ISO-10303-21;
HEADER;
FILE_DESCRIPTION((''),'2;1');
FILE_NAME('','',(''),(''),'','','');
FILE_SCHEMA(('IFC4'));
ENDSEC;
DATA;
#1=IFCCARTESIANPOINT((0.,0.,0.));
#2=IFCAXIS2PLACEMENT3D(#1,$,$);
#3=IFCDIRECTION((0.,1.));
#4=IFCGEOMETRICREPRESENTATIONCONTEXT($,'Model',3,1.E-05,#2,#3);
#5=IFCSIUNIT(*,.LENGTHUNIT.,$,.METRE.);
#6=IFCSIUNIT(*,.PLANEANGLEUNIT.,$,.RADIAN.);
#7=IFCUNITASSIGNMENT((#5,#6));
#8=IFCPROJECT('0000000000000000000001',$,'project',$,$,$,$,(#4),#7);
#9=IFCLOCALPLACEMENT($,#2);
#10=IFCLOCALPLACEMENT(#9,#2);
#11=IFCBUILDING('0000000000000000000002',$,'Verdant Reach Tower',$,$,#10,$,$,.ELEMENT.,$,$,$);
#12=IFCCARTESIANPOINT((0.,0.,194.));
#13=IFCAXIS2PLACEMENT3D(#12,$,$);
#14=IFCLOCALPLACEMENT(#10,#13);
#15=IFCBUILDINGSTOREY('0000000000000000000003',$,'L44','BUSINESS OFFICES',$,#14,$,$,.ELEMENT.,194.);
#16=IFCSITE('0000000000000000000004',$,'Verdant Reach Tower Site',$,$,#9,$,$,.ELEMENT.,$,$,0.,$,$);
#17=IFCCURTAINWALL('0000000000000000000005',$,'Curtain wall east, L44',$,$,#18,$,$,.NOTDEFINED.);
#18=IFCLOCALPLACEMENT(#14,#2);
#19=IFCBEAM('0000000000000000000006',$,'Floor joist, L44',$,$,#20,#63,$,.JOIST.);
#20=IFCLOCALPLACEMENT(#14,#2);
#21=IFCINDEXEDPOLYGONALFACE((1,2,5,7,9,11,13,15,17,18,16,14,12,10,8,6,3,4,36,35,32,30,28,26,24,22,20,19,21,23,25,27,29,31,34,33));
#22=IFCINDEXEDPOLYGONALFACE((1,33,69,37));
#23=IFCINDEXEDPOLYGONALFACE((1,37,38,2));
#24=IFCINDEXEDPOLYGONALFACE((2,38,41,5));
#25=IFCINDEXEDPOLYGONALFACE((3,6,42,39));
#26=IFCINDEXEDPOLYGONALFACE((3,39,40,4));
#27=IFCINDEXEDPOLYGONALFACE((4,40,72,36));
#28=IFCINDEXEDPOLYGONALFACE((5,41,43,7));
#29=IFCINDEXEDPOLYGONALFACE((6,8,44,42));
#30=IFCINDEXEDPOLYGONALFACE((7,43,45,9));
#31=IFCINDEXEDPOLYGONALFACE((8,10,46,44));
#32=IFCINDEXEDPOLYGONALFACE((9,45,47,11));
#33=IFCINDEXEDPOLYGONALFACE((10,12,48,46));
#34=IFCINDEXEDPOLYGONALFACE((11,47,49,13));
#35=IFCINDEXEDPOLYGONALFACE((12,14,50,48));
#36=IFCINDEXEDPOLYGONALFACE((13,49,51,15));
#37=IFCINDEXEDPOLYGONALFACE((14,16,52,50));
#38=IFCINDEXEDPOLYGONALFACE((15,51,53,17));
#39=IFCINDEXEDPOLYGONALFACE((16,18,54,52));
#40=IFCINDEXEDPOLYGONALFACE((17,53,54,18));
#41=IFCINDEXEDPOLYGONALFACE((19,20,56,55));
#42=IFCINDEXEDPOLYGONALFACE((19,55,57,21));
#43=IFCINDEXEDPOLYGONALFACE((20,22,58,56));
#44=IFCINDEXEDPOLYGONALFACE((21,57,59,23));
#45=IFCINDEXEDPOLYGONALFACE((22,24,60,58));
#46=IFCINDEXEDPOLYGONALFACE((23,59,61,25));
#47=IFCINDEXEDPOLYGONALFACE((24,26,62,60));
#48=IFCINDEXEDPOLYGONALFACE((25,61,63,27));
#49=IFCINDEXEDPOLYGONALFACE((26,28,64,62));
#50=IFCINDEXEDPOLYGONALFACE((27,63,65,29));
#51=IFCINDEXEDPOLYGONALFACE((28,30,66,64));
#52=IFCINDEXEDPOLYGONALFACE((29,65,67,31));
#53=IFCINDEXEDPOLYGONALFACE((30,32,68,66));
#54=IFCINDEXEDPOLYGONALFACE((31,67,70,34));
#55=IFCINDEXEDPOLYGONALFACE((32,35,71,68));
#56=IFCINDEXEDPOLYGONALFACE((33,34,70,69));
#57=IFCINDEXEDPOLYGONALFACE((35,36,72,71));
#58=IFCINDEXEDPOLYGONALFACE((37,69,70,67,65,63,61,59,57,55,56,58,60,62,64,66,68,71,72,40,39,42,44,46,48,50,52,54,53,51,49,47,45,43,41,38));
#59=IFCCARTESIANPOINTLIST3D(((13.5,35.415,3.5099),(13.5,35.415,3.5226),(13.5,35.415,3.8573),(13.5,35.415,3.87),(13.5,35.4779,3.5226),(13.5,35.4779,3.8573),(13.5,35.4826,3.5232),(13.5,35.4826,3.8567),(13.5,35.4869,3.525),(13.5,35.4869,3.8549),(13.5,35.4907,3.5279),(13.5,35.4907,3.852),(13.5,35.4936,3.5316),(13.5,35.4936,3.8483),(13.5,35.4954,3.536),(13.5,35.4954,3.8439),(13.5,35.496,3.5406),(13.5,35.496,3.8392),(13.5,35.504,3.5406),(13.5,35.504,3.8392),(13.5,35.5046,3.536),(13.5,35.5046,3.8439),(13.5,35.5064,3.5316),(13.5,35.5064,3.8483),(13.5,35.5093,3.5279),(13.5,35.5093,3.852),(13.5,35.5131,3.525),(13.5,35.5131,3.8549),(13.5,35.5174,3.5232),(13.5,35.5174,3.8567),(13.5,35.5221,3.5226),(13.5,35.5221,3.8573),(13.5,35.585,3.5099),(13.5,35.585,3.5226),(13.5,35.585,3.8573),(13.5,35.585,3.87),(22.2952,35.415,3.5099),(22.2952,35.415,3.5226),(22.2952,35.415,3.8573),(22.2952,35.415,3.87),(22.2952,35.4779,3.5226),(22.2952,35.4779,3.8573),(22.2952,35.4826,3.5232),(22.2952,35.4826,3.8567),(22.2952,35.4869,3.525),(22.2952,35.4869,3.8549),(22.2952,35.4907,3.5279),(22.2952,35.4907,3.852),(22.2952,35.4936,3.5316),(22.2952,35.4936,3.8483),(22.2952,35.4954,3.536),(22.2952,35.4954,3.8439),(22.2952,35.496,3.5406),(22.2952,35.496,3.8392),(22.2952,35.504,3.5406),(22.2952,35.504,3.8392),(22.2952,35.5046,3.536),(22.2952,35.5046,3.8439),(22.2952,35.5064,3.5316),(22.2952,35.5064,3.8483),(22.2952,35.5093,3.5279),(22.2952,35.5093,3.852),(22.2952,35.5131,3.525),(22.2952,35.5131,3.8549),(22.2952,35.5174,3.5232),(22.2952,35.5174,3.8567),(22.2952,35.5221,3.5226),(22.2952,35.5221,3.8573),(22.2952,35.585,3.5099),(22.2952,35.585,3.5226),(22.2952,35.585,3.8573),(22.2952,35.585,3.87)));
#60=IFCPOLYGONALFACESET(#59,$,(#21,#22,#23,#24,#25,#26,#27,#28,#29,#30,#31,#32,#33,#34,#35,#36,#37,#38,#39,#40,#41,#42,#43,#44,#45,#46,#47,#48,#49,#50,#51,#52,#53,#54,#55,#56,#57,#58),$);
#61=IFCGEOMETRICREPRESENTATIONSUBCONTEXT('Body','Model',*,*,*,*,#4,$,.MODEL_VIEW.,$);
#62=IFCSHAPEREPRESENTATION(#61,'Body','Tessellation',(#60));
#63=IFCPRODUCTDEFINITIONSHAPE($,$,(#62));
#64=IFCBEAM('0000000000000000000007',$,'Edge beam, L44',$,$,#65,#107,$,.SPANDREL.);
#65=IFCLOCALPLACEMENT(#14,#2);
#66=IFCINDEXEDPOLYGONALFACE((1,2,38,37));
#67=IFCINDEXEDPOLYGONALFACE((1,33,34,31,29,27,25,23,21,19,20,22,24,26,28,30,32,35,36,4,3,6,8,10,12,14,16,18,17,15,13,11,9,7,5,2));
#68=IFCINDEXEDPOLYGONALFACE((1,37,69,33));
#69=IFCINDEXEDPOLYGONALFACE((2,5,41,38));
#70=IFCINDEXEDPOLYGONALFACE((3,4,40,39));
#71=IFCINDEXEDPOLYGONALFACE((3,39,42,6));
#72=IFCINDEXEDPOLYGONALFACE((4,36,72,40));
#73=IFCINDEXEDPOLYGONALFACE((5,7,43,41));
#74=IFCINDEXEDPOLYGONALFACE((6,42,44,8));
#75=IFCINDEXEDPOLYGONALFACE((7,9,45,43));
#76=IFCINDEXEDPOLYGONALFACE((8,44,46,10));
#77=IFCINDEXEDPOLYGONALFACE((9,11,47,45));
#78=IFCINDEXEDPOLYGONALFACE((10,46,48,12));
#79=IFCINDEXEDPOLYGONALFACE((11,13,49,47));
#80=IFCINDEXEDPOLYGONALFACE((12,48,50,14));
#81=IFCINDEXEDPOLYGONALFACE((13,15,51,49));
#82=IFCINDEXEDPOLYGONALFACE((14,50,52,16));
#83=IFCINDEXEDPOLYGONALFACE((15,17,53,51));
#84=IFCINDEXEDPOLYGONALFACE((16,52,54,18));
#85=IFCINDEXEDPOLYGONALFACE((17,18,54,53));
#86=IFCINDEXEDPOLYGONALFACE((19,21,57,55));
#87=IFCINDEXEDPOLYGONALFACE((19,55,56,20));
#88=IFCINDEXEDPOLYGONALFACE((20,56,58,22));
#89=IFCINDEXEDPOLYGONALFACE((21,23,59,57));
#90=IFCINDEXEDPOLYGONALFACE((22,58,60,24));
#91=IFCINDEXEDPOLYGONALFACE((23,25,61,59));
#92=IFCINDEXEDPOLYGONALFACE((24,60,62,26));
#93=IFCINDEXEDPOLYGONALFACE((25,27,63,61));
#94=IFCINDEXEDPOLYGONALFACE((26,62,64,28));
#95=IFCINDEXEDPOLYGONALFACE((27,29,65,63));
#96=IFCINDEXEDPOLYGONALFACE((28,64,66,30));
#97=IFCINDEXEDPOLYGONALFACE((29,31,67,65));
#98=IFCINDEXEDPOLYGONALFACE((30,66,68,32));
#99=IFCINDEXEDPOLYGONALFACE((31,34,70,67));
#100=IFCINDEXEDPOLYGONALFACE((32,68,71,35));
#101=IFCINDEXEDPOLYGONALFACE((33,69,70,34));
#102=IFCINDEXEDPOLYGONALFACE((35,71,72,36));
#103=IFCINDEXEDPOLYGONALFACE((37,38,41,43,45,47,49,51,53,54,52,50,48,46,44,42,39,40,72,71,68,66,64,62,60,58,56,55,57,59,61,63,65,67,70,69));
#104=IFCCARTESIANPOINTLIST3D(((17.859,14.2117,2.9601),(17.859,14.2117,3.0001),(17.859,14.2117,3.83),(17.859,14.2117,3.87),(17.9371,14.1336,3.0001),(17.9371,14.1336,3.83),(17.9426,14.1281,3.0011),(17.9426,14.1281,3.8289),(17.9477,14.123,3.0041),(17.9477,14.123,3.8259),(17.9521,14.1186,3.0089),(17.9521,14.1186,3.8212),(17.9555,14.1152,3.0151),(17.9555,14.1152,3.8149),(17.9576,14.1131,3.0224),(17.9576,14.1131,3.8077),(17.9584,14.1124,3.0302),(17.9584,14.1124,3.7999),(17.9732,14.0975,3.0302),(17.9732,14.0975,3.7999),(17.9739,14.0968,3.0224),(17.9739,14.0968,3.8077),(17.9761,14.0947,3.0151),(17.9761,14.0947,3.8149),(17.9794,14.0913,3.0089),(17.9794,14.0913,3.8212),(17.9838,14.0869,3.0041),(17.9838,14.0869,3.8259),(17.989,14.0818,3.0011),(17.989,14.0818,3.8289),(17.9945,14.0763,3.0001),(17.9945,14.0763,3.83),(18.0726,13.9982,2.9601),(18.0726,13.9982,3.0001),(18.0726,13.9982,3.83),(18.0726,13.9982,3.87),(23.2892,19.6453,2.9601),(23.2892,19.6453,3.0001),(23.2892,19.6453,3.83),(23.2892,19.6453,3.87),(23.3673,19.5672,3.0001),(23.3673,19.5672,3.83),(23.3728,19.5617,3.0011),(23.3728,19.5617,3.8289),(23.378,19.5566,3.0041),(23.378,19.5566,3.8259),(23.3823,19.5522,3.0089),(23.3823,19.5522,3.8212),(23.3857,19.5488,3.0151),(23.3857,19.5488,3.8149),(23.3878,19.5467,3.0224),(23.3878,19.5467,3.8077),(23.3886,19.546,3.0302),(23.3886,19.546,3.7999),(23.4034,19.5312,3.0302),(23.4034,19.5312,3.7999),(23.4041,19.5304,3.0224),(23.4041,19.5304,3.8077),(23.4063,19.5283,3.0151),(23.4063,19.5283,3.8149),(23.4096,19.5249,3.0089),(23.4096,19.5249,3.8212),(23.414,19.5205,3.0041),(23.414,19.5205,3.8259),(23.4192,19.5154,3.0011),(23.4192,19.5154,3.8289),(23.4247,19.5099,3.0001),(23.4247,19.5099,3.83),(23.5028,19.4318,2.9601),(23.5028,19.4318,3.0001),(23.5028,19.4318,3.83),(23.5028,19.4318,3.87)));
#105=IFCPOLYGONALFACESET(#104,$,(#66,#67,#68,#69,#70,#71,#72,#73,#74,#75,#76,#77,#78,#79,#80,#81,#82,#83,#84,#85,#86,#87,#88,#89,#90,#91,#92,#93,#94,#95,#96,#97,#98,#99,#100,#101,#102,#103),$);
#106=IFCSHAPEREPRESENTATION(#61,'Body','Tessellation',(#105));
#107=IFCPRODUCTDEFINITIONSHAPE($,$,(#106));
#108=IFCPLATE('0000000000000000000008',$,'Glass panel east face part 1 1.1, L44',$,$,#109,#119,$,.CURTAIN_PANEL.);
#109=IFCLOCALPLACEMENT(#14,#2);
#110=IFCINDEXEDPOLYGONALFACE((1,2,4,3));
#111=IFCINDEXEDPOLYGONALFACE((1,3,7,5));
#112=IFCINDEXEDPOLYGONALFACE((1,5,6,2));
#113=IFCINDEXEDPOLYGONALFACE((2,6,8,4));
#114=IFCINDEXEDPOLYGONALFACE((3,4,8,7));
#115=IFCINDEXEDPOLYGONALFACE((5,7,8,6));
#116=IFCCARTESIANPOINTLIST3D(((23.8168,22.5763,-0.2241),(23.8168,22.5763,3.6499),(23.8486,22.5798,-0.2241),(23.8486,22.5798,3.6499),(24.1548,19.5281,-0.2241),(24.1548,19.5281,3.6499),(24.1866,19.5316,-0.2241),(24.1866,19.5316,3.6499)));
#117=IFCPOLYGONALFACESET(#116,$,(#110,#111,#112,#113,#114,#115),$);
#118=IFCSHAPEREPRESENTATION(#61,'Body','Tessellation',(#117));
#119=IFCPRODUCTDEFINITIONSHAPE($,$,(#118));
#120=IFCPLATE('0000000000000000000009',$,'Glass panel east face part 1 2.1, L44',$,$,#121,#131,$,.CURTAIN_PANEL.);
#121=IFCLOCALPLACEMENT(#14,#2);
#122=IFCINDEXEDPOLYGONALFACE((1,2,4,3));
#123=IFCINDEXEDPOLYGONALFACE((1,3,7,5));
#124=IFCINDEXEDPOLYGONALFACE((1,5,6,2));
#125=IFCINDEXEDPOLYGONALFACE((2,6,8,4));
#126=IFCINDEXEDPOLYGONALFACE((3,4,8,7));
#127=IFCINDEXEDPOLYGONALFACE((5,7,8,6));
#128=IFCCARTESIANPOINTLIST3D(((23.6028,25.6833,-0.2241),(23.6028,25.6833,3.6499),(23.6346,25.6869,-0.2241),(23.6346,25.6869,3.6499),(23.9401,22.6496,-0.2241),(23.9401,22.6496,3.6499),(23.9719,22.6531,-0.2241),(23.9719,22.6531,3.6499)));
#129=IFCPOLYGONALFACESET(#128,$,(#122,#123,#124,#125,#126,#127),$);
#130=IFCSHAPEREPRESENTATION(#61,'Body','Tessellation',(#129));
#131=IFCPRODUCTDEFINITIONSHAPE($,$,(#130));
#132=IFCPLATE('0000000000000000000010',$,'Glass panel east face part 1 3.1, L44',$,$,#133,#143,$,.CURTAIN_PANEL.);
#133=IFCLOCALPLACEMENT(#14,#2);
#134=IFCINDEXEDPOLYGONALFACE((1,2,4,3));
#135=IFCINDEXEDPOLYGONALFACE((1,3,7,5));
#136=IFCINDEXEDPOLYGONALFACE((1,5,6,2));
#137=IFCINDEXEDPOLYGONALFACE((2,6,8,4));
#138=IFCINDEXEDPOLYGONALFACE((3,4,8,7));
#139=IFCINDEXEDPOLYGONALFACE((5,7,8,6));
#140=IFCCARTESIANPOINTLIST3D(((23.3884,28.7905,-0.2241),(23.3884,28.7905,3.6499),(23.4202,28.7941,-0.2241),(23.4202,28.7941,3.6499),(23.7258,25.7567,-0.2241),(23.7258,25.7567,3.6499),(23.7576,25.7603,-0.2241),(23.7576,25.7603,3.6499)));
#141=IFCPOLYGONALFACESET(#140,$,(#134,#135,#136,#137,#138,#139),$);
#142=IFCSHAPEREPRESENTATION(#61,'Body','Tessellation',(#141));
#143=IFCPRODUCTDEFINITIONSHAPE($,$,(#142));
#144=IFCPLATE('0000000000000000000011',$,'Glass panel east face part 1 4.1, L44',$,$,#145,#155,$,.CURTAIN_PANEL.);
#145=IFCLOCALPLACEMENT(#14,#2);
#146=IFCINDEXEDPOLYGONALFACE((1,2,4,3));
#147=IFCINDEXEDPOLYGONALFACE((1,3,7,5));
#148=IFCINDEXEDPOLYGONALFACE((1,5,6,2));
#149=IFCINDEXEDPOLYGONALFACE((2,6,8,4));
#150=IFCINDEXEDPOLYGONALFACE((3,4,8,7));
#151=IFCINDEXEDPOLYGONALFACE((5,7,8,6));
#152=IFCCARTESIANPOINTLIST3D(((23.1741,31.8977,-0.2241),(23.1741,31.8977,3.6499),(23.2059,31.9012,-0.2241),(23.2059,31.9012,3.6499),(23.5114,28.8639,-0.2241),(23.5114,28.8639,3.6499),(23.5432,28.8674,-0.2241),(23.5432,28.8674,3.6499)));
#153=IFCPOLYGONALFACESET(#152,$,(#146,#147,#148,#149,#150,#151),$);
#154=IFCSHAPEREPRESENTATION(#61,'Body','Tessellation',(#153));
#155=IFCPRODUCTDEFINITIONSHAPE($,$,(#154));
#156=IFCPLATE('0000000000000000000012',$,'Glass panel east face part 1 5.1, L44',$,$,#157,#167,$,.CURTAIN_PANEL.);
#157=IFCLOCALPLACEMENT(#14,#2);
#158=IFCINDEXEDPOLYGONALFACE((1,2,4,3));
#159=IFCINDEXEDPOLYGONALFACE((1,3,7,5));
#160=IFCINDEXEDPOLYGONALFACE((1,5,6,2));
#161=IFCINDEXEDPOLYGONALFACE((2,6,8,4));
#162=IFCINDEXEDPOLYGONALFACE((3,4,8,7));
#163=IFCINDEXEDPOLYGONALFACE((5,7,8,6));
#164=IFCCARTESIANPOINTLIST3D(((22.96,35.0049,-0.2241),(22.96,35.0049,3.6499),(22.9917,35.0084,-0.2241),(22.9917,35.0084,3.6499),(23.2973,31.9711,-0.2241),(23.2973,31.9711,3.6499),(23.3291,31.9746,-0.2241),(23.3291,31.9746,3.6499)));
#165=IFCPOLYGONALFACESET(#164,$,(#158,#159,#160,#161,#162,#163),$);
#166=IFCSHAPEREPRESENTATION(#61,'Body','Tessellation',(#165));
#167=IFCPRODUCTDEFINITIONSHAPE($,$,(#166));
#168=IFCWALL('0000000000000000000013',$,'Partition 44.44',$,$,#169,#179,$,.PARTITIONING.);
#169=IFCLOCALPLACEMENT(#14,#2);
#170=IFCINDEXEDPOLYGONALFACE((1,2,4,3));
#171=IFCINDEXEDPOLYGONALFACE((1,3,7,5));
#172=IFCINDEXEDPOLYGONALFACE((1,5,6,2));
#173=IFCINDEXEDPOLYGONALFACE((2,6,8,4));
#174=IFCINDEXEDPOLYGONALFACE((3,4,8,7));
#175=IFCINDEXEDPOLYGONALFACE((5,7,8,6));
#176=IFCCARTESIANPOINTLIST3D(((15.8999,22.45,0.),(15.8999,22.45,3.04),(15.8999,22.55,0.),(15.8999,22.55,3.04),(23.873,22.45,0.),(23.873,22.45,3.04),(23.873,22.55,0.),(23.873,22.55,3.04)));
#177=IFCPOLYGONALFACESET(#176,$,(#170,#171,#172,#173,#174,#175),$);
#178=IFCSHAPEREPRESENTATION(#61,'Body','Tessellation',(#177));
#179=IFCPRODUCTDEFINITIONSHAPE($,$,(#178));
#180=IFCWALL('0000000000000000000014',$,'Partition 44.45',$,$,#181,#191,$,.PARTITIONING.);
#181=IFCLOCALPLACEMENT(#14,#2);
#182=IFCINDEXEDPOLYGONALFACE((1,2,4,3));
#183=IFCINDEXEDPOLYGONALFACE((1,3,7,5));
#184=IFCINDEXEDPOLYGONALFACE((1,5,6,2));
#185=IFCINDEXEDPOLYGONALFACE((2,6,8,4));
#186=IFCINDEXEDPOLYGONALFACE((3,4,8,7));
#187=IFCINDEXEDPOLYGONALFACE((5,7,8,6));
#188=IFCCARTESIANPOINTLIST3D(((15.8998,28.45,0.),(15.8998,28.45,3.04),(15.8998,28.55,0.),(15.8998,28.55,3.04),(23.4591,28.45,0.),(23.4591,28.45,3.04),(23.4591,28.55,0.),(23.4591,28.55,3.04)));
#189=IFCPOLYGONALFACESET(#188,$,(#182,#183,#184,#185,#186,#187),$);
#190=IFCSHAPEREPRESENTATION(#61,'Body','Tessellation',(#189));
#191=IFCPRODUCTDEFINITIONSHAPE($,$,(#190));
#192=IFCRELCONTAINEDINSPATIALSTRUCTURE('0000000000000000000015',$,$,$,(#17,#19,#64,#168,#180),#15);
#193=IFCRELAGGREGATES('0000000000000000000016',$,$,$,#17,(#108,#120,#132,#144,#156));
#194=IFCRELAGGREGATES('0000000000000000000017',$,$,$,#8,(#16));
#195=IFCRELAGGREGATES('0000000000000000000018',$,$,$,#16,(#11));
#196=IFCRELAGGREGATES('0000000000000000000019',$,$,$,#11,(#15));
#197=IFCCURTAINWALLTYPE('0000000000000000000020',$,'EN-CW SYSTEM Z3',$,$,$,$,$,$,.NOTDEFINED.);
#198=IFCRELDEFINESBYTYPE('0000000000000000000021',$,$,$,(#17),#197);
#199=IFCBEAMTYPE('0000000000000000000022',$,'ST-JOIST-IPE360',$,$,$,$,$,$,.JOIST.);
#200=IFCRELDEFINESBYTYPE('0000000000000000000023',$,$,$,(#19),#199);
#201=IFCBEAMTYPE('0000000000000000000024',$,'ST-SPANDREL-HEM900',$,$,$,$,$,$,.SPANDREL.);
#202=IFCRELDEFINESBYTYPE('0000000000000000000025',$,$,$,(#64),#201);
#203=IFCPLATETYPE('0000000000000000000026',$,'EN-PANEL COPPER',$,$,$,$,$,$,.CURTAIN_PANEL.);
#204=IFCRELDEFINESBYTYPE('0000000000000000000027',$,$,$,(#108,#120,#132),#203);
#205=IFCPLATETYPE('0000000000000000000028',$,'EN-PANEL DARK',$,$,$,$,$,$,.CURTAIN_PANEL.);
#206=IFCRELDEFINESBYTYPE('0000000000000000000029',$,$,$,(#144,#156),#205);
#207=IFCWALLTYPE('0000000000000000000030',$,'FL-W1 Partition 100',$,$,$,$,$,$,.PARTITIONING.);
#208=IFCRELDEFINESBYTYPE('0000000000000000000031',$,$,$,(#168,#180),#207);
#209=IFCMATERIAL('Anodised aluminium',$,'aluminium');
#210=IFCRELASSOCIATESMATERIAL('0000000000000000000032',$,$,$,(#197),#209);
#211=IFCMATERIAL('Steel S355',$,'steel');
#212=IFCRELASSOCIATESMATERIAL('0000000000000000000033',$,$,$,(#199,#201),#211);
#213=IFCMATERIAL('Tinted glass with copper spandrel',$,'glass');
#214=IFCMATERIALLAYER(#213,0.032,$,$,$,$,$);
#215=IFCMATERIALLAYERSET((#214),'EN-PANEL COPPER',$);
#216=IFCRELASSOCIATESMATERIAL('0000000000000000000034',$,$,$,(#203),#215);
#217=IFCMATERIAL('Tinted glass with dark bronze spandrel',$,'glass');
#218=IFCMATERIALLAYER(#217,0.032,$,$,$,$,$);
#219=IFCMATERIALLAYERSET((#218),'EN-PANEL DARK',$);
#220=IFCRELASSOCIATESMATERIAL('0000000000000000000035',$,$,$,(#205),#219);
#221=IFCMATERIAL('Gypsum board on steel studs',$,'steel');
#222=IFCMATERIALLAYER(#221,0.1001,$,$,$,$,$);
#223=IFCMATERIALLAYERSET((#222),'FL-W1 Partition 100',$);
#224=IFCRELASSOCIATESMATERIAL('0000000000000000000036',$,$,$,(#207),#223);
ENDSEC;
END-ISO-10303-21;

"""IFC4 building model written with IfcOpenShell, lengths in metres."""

from ifc_helpers import new_model, si_unit, direction, frame, frame_2d, origin, origin_2d, place, context, subcontext, project, spatial, rectangle, i_section, extrude, material, layer, layer_set, material_profile, profile_set, type_object, element, aggregate, save


model = new_model("IFC4")

# Units and contexts
model_context = context("Model", 3, precision=1e-05, world=origin(), true_north=direction((0.0, 1.0)))
body_context = subcontext(model_context, "Body", "Model", "MODEL_VIEW")
ifc_project = project(units=[si_unit("LENGTHUNIT", "METRE"), si_unit("PLANEANGLEUNIT", "RADIAN")], contexts=[model_context])

# Site, building, storey
site_placement = place(None, origin())
site = spatial("IfcSite", under=ifc_project, at=site_placement, Name="Verdant Reach Tower Site", CompositionType="ELEMENT", RefElevation=0.0)
building_placement = place(site_placement, origin())
building = spatial("IfcBuilding", under=site, at=building_placement, Name="Verdant Reach Tower", CompositionType="ELEMENT")
storey_placement = place(building_placement, frame((0.0, 0.0, 194.0)))
storey = spatial("IfcBuildingStorey", under=building, at=storey_placement, Name="L44", Description="BUSINESS OFFICES", CompositionType="ELEMENT", Elevation=194.0)

# Curtain wall
ifc_material_1 = material(Name="Anodised aluminium", Category="aluminium")
curtain_wall_type = type_object("IfcCurtainWallType", Name="EN-CW SYSTEM Z3", PredefinedType="NOTDEFINED", material=ifc_material_1)
curtain_wall_placement = place(storey_placement, origin())
curtain_wall = element("IfcCurtainWall", 1, at=curtain_wall_placement, inside=storey, type_object=curtain_wall_type, Name="Curtain wall east, L44", PredefinedType="NOTDEFINED")

# Beams
ifc_material_2 = material(Name="Steel S355", Category="steel")
ifc_material_profile_1 = material_profile(ifc_material_2, i_section(OverallWidth=0.1699, OverallDepth=0.3601, WebThickness=0.0081, FlangeThickness=0.0127, FilletRadius=0.0181, at=origin_2d()), Name="IPE 360")
ifc_profile_set_1 = profile_set([ifc_material_profile_1], Name="Steel S355")
beam_type_1 = type_object("IfcBeamType", Name="ST-JOIST-IPE360", PredefinedType="JOIST", material=ifc_profile_set_1)
beam_1_placement = place(storey_placement, frame((13.5, 35.5, 3.6899), z_axis=(1.0, 0.0, 0.0), x_axis=(0.0, 1.0, 0.0)))
element("IfcBeam", 2, at=beam_1_placement, inside=storey, type_object=beam_type_1, Name="Floor joist, L44", PredefinedType="JOIST", context=body_context, shape_type="SweptSolid", body=[
    extrude(i_section(OverallWidth=0.1699, OverallDepth=0.3601, WebThickness=0.0081, FlangeThickness=0.0127, FilletRadius=0.0181, at=origin_2d()), origin(), (0.0, 0.0, 1.0), 8.7952),
])
ifc_material_profile_2 = material_profile(ifc_material_2, i_section(OverallWidth=0.302, OverallDepth=0.9099, WebThickness=0.021, FlangeThickness=0.04, FilletRadius=0.03, at=origin_2d()), Name="HEM 900")
ifc_profile_set_2 = profile_set([ifc_material_profile_2], Name="Steel S355")
beam_type_2 = type_object("IfcBeamType", Name="ST-SPANDREL-HEM900", PredefinedType="SPANDREL", material=ifc_profile_set_2)
beam_2_placement = place(storey_placement, frame((23.396, 19.5386, 3.415), z_axis=(-0.706884, -0.707329, 0.0), x_axis=(0.707329, -0.706884, 0.0)))
element("IfcBeam", 3, at=beam_2_placement, inside=storey, type_object=beam_type_2, Name="Edge beam, L44", PredefinedType="SPANDREL", context=body_context, shape_type="SweptSolid", body=[
    extrude(i_section(OverallWidth=0.302, OverallDepth=0.9099, WebThickness=0.021, FlangeThickness=0.04, FilletRadius=0.03, at=origin_2d()), origin(), (0.0, 0.0, 1.0), 7.6819),
])

# Plates
ifc_material_3 = material(Name="Tinted glass with copper spandrel", Category="glass")
ifc_layer_1 = layer(ifc_material_3, 0.032)
ifc_layer_set_1 = layer_set([ifc_layer_1], Name="EN-PANEL COPPER")
plate_type_1 = type_object("IfcPlateType", Name="EN-PANEL COPPER", PredefinedType="CURTAIN_PANEL", material=ifc_layer_set_1)
plate_1_placement = place(storey_placement, frame((24.0017, 21.054, -0.2241), z_axis=(0.0, 0.0, 1.0), x_axis=(-0.110214, 0.993908, 0.0)))
plate_1 = element("IfcPlate", 4, at=plate_1_placement, type_object=plate_type_1, Name="Glass panel east face part 1 1.1, L44", PredefinedType="CURTAIN_PANEL", context=body_context, shape_type="SweptSolid", body=[
    extrude(rectangle(XDim=3.0669, YDim=0.032, at=origin_2d()), origin(), (0.0, 0.0, 1.0), 3.874),
])
plate_2_placement = place(storey_placement, frame((23.7874, 24.1682, -0.2241), z_axis=(0.0, 0.0, 1.0), x_axis=(-0.110518, 0.993874, 0.0)))
plate_2 = element("IfcPlate", 5, at=plate_2_placement, type_object=plate_type_1, Name="Glass panel east face part 1 2.1, L44", PredefinedType="CURTAIN_PANEL", context=body_context, shape_type="SweptSolid", body=[
    extrude(rectangle(XDim=3.0525, YDim=0.032, at=origin_2d()), origin(), (0.0, 0.0, 1.0), 3.874),
])
plate_3_placement = place(storey_placement, frame((23.573, 27.2754, -0.2241), z_axis=(0.0, 0.0, 1.0), x_axis=(-0.110518, 0.993874, 0.0)))
plate_3 = element("IfcPlate", 6, at=plate_3_placement, type_object=plate_type_1, Name="Glass panel east face part 1 3.1, L44", PredefinedType="CURTAIN_PANEL", context=body_context, shape_type="SweptSolid", body=[
    extrude(rectangle(XDim=3.0525, YDim=0.032, at=origin_2d()), origin(), (0.0, 0.0, 1.0), 3.874),
])
ifc_material_4 = material(Name="Tinted glass with dark bronze spandrel", Category="glass")
ifc_layer_2 = layer(ifc_material_4, 0.032)
ifc_layer_set_2 = layer_set([ifc_layer_2], Name="EN-PANEL DARK")
plate_type_2 = type_object("IfcPlateType", Name="EN-PANEL DARK", PredefinedType="CURTAIN_PANEL", material=ifc_layer_set_2)
plate_4_placement = place(storey_placement, frame((23.3586, 30.3826, -0.2241), z_axis=(0.0, 0.0, 1.0), x_axis=(-0.110518, 0.993874, 0.0)))
plate_4 = element("IfcPlate", 7, at=plate_4_placement, type_object=plate_type_2, Name="Glass panel east face part 1 4.1, L44", PredefinedType="CURTAIN_PANEL", context=body_context, shape_type="SweptSolid", body=[
    extrude(rectangle(XDim=3.0525, YDim=0.032, at=origin_2d()), origin(), (0.0, 0.0, 1.0), 3.874),
])
plate_5_placement = place(storey_placement, frame((23.1445, 33.4897, -0.2241), z_axis=(0.0, 0.0, 1.0), x_axis=(-0.110518, 0.993874, 0.0)))
plate_5 = element("IfcPlate", 8, at=plate_5_placement, type_object=plate_type_2, Name="Glass panel east face part 1 5.1, L44", PredefinedType="CURTAIN_PANEL", context=body_context, shape_type="SweptSolid", body=[
    extrude(rectangle(XDim=3.0525, YDim=0.032, at=origin_2d()), origin(), (0.0, 0.0, 1.0), 3.874),
])
aggregate(curtain_wall, [plate_1, plate_2, plate_3, plate_4, plate_5])

# Walls
ifc_material_5 = material(Name="Gypsum board on steel studs", Category="steel")
ifc_layer_3 = layer(ifc_material_5, 0.1001)
ifc_layer_set_3 = layer_set([ifc_layer_3], Name="FL-W1 Partition 100")
wall_type_1 = type_object("IfcWallType", Name="FL-W1 Partition 100", PredefinedType="PARTITIONING", material=ifc_layer_set_3)
wall_1_placement = place(storey_placement, frame((23.873, 22.5, 0.0), z_axis=(0.0, 0.0, 1.0), x_axis=(-1.0, 0.0, 0.0)))
element("IfcWall", 9, at=wall_1_placement, inside=storey, type_object=wall_type_1, Name="Partition 44.44", PredefinedType="PARTITIONING", context=body_context, shape_type="SweptSolid", body=[
    extrude(rectangle(XDim=7.9731, YDim=0.1001, at=frame_2d((3.9866, 0.0))), origin(), (0.0, 0.0, 1.0), 3.04),
])
wall_2_placement = place(storey_placement, frame((23.4592, 28.5, 0.0), z_axis=(0.0, 0.0, 1.0), x_axis=(-1.0, 0.0, 0.0)))
element("IfcWall", 10, at=wall_2_placement, inside=storey, type_object=wall_type_1, Name="Partition 44.45", PredefinedType="PARTITIONING", context=body_context, shape_type="SweptSolid", body=[
    extrude(rectangle(XDim=7.5593, YDim=0.1001, at=frame_2d((3.7798, 0.0))), origin(), (0.0, 0.0, 1.0), 3.04),
])

save(model, "model.ifc")
